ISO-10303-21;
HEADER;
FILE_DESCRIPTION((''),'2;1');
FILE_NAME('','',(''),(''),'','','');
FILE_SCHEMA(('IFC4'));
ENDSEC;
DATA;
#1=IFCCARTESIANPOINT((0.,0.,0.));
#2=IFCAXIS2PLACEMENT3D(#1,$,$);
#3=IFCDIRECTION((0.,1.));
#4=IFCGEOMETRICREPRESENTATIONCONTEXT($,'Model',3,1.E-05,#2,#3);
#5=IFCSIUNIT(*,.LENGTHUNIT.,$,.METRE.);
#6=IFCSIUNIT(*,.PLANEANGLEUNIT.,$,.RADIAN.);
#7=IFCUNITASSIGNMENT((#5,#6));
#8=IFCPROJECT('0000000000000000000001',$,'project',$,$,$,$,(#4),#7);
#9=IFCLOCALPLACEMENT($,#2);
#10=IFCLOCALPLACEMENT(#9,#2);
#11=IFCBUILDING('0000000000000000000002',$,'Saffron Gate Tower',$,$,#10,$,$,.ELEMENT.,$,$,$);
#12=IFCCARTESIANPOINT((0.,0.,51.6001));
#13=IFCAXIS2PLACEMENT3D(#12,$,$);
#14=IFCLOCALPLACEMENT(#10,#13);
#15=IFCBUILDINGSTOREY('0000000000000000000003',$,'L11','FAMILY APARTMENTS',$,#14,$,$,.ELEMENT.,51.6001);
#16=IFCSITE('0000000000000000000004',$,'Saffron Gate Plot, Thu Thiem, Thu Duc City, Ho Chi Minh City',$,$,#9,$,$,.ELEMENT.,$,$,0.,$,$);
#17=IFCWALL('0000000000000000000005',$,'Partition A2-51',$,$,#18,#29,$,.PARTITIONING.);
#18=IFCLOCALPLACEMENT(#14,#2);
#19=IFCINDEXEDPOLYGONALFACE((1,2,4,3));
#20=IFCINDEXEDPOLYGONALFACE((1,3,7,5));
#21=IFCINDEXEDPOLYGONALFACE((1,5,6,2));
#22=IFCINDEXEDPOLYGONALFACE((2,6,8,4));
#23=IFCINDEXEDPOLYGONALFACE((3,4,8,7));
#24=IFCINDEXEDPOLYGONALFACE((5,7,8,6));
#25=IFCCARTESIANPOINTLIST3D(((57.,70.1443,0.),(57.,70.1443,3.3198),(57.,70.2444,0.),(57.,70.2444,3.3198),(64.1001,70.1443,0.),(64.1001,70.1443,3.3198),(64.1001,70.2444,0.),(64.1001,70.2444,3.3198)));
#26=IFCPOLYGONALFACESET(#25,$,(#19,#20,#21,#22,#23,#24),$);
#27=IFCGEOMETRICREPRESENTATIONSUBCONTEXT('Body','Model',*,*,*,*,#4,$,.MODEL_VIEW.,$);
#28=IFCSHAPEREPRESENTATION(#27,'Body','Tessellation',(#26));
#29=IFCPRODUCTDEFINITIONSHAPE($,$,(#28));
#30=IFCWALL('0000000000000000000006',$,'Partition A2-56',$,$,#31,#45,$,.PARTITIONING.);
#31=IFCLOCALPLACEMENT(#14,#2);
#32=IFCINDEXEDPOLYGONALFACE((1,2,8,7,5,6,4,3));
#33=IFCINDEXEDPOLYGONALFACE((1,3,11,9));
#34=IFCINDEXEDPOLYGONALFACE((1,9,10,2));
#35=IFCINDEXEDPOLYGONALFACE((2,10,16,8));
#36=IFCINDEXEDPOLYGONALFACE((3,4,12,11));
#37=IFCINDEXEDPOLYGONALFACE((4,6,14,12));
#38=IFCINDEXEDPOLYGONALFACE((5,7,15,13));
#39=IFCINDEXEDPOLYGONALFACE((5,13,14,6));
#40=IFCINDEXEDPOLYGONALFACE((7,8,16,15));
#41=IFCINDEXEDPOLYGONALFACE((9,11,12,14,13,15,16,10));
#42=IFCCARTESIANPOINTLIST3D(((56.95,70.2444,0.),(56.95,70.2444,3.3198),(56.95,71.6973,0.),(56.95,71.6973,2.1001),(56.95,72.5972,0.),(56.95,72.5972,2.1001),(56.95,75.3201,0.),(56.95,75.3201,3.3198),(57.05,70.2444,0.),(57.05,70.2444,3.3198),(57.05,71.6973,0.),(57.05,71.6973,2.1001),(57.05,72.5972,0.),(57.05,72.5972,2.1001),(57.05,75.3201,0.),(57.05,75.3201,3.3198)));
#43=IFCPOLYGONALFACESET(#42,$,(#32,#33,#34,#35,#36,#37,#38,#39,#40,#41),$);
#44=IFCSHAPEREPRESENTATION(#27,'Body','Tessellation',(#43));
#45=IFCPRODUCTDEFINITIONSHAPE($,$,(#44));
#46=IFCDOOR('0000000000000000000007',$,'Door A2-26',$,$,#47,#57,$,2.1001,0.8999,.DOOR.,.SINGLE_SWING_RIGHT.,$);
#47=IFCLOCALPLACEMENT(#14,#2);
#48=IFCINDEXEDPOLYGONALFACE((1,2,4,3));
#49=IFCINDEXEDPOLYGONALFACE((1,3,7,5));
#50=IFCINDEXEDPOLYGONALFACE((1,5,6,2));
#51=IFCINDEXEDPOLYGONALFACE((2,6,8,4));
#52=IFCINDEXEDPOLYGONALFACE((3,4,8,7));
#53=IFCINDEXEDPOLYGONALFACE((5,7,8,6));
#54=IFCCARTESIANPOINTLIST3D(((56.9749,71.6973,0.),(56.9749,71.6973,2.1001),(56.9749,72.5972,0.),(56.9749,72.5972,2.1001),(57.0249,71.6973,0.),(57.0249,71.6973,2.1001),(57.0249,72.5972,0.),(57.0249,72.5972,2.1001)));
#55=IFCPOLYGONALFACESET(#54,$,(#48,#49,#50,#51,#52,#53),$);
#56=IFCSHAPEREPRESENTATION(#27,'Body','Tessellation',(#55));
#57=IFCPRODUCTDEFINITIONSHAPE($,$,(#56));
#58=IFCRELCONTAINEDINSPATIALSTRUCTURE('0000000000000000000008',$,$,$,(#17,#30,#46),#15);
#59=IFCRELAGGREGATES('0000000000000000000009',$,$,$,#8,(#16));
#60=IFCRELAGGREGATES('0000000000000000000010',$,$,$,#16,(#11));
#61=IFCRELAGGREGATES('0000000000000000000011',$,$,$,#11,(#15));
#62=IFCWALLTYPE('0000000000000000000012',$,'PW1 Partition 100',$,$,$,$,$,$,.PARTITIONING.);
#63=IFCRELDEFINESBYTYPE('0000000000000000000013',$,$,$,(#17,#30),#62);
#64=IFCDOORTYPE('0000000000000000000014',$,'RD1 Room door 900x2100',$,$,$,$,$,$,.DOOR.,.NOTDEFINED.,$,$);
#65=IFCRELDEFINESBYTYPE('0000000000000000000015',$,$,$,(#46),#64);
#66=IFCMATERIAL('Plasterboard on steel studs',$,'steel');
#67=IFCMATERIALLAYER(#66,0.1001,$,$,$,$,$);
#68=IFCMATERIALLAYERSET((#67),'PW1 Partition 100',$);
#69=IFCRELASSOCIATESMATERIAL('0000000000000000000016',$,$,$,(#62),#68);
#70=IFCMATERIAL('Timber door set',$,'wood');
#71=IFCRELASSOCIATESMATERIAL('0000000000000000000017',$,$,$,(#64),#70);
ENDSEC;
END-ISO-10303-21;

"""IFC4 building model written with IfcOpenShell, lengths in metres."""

from ifc_helpers import new_model, si_unit, direction, frame, frame_2d, origin, place, context, subcontext, project, spatial, rectangle, extrude, material, layer, layer_set, type_object, element, fill, save


model = new_model("IFC4")

# Units and contexts
model_context = context("Model", 3, precision=1e-05, world=origin(), true_north=direction((0.0, 1.0)))
body_context = subcontext(model_context, "Body", "Model", "MODEL_VIEW")
ifc_project = project(units=[si_unit("LENGTHUNIT", "METRE"), si_unit("PLANEANGLEUNIT", "RADIAN")], contexts=[model_context])

# Site, building, storey
site_placement = place(None, origin())
site = spatial("IfcSite", under=ifc_project, at=site_placement, Name="Saffron Gate Plot, Thu Thiem, Thu Duc City, Ho Chi Minh City", CompositionType="ELEMENT", RefElevation=0.0)
building_placement = place(site_placement, origin())
building = spatial("IfcBuilding", under=site, at=building_placement, Name="Saffron Gate Tower", CompositionType="ELEMENT")
storey_placement = place(building_placement, frame((0.0, 0.0, 51.6001)))
storey = spatial("IfcBuildingStorey", under=building, at=storey_placement, Name="L11", Description="FAMILY APARTMENTS", CompositionType="ELEMENT", Elevation=51.6001)

# Wall
ifc_material_1 = material(Name="Plasterboard on steel studs", Category="steel")
ifc_layer_1 = layer(ifc_material_1, 0.1001)
ifc_layer_set_1 = layer_set([ifc_layer_1], Name="PW1 Partition 100")
wall_type_1 = type_object("IfcWallType", Name="PW1 Partition 100", PredefinedType="PARTITIONING", material=ifc_layer_set_1)
wall_1_placement = place(storey_placement, frame((57.0, 70.1943, 0.0), z_axis=(0.0, 0.0, 1.0), x_axis=(1.0, 0.0, 0.0)))
element("IfcWall", 1, at=wall_1_placement, inside=storey, type_object=wall_type_1, Name="Partition A2-51", PredefinedType="PARTITIONING", context=body_context, shape_type="SweptSolid", body=[
    extrude(rectangle(XDim=7.1001, YDim=0.1001, at=frame_2d((3.55, 0.0))), origin(), (0.0, 0.0, 1.0), 3.3198),
])

# Wall, opening, door
wall_2_placement = place(storey_placement, frame((57.0, 75.3201, 0.0), z_axis=(0.0, 0.0, 1.0), x_axis=(0.0, -1.0, 0.0)))
wall_2 = element("IfcWall", 2, at=wall_2_placement, inside=storey, type_object=wall_type_1, Name="Partition A2-56", PredefinedType="PARTITIONING", context=body_context, shape_type="SweptSolid", body=[
    extrude(rectangle(XDim=5.0757, YDim=0.1001, at=frame_2d((2.5378, 0.0))), origin(), (0.0, 0.0, 1.0), 3.3198),
])
opening_1_placement = place(wall_2_placement, frame((2.7229, 0.0, 0.0)))
opening_1 = element("IfcOpeningElement", 3, at=opening_1_placement, cuts=wall_2, PredefinedType="OPENING", context=body_context, shape_type="SweptSolid", body=[
    extrude(rectangle(XDim=0.8999, YDim=2.1001, at=frame_2d((0.45, 1.05))), frame((0.0, 0.0601, 0.0), z_axis=(0.0, -1.0, 0.0), x_axis=(1.0, 0.0, 0.0)), (0.0, 0.0, 1.0), 0.1201),
])
ifc_material_2 = material(Name="Timber door set", Category="wood")
door_type_1 = type_object("IfcDoorType", Name="RD1 Room door 900x2100", OperationType="NOTDEFINED", PredefinedType="DOOR", material=ifc_material_2)
door_1_placement = place(opening_1_placement, origin())
door_1 = element("IfcDoor", 4, at=door_1_placement, inside=storey, type_object=door_type_1, Name="Door A2-26", OperationType="SINGLE_SWING_RIGHT", OverallHeight=2.1001, OverallWidth=0.8999, PredefinedType="DOOR", context=body_context, shape_type="SweptSolid", body=[
    extrude(rectangle(XDim=0.8999, YDim=2.1001, at=frame_2d((0.45, 1.05))), frame((0.0, 0.0249, 0.0), z_axis=(0.0, -1.0, 0.0), x_axis=(1.0, 0.0, 0.0)), (0.0, 0.0, 1.0), 0.05),
])
fill(opening_1, door_1)

save(model, "model.ifc")
